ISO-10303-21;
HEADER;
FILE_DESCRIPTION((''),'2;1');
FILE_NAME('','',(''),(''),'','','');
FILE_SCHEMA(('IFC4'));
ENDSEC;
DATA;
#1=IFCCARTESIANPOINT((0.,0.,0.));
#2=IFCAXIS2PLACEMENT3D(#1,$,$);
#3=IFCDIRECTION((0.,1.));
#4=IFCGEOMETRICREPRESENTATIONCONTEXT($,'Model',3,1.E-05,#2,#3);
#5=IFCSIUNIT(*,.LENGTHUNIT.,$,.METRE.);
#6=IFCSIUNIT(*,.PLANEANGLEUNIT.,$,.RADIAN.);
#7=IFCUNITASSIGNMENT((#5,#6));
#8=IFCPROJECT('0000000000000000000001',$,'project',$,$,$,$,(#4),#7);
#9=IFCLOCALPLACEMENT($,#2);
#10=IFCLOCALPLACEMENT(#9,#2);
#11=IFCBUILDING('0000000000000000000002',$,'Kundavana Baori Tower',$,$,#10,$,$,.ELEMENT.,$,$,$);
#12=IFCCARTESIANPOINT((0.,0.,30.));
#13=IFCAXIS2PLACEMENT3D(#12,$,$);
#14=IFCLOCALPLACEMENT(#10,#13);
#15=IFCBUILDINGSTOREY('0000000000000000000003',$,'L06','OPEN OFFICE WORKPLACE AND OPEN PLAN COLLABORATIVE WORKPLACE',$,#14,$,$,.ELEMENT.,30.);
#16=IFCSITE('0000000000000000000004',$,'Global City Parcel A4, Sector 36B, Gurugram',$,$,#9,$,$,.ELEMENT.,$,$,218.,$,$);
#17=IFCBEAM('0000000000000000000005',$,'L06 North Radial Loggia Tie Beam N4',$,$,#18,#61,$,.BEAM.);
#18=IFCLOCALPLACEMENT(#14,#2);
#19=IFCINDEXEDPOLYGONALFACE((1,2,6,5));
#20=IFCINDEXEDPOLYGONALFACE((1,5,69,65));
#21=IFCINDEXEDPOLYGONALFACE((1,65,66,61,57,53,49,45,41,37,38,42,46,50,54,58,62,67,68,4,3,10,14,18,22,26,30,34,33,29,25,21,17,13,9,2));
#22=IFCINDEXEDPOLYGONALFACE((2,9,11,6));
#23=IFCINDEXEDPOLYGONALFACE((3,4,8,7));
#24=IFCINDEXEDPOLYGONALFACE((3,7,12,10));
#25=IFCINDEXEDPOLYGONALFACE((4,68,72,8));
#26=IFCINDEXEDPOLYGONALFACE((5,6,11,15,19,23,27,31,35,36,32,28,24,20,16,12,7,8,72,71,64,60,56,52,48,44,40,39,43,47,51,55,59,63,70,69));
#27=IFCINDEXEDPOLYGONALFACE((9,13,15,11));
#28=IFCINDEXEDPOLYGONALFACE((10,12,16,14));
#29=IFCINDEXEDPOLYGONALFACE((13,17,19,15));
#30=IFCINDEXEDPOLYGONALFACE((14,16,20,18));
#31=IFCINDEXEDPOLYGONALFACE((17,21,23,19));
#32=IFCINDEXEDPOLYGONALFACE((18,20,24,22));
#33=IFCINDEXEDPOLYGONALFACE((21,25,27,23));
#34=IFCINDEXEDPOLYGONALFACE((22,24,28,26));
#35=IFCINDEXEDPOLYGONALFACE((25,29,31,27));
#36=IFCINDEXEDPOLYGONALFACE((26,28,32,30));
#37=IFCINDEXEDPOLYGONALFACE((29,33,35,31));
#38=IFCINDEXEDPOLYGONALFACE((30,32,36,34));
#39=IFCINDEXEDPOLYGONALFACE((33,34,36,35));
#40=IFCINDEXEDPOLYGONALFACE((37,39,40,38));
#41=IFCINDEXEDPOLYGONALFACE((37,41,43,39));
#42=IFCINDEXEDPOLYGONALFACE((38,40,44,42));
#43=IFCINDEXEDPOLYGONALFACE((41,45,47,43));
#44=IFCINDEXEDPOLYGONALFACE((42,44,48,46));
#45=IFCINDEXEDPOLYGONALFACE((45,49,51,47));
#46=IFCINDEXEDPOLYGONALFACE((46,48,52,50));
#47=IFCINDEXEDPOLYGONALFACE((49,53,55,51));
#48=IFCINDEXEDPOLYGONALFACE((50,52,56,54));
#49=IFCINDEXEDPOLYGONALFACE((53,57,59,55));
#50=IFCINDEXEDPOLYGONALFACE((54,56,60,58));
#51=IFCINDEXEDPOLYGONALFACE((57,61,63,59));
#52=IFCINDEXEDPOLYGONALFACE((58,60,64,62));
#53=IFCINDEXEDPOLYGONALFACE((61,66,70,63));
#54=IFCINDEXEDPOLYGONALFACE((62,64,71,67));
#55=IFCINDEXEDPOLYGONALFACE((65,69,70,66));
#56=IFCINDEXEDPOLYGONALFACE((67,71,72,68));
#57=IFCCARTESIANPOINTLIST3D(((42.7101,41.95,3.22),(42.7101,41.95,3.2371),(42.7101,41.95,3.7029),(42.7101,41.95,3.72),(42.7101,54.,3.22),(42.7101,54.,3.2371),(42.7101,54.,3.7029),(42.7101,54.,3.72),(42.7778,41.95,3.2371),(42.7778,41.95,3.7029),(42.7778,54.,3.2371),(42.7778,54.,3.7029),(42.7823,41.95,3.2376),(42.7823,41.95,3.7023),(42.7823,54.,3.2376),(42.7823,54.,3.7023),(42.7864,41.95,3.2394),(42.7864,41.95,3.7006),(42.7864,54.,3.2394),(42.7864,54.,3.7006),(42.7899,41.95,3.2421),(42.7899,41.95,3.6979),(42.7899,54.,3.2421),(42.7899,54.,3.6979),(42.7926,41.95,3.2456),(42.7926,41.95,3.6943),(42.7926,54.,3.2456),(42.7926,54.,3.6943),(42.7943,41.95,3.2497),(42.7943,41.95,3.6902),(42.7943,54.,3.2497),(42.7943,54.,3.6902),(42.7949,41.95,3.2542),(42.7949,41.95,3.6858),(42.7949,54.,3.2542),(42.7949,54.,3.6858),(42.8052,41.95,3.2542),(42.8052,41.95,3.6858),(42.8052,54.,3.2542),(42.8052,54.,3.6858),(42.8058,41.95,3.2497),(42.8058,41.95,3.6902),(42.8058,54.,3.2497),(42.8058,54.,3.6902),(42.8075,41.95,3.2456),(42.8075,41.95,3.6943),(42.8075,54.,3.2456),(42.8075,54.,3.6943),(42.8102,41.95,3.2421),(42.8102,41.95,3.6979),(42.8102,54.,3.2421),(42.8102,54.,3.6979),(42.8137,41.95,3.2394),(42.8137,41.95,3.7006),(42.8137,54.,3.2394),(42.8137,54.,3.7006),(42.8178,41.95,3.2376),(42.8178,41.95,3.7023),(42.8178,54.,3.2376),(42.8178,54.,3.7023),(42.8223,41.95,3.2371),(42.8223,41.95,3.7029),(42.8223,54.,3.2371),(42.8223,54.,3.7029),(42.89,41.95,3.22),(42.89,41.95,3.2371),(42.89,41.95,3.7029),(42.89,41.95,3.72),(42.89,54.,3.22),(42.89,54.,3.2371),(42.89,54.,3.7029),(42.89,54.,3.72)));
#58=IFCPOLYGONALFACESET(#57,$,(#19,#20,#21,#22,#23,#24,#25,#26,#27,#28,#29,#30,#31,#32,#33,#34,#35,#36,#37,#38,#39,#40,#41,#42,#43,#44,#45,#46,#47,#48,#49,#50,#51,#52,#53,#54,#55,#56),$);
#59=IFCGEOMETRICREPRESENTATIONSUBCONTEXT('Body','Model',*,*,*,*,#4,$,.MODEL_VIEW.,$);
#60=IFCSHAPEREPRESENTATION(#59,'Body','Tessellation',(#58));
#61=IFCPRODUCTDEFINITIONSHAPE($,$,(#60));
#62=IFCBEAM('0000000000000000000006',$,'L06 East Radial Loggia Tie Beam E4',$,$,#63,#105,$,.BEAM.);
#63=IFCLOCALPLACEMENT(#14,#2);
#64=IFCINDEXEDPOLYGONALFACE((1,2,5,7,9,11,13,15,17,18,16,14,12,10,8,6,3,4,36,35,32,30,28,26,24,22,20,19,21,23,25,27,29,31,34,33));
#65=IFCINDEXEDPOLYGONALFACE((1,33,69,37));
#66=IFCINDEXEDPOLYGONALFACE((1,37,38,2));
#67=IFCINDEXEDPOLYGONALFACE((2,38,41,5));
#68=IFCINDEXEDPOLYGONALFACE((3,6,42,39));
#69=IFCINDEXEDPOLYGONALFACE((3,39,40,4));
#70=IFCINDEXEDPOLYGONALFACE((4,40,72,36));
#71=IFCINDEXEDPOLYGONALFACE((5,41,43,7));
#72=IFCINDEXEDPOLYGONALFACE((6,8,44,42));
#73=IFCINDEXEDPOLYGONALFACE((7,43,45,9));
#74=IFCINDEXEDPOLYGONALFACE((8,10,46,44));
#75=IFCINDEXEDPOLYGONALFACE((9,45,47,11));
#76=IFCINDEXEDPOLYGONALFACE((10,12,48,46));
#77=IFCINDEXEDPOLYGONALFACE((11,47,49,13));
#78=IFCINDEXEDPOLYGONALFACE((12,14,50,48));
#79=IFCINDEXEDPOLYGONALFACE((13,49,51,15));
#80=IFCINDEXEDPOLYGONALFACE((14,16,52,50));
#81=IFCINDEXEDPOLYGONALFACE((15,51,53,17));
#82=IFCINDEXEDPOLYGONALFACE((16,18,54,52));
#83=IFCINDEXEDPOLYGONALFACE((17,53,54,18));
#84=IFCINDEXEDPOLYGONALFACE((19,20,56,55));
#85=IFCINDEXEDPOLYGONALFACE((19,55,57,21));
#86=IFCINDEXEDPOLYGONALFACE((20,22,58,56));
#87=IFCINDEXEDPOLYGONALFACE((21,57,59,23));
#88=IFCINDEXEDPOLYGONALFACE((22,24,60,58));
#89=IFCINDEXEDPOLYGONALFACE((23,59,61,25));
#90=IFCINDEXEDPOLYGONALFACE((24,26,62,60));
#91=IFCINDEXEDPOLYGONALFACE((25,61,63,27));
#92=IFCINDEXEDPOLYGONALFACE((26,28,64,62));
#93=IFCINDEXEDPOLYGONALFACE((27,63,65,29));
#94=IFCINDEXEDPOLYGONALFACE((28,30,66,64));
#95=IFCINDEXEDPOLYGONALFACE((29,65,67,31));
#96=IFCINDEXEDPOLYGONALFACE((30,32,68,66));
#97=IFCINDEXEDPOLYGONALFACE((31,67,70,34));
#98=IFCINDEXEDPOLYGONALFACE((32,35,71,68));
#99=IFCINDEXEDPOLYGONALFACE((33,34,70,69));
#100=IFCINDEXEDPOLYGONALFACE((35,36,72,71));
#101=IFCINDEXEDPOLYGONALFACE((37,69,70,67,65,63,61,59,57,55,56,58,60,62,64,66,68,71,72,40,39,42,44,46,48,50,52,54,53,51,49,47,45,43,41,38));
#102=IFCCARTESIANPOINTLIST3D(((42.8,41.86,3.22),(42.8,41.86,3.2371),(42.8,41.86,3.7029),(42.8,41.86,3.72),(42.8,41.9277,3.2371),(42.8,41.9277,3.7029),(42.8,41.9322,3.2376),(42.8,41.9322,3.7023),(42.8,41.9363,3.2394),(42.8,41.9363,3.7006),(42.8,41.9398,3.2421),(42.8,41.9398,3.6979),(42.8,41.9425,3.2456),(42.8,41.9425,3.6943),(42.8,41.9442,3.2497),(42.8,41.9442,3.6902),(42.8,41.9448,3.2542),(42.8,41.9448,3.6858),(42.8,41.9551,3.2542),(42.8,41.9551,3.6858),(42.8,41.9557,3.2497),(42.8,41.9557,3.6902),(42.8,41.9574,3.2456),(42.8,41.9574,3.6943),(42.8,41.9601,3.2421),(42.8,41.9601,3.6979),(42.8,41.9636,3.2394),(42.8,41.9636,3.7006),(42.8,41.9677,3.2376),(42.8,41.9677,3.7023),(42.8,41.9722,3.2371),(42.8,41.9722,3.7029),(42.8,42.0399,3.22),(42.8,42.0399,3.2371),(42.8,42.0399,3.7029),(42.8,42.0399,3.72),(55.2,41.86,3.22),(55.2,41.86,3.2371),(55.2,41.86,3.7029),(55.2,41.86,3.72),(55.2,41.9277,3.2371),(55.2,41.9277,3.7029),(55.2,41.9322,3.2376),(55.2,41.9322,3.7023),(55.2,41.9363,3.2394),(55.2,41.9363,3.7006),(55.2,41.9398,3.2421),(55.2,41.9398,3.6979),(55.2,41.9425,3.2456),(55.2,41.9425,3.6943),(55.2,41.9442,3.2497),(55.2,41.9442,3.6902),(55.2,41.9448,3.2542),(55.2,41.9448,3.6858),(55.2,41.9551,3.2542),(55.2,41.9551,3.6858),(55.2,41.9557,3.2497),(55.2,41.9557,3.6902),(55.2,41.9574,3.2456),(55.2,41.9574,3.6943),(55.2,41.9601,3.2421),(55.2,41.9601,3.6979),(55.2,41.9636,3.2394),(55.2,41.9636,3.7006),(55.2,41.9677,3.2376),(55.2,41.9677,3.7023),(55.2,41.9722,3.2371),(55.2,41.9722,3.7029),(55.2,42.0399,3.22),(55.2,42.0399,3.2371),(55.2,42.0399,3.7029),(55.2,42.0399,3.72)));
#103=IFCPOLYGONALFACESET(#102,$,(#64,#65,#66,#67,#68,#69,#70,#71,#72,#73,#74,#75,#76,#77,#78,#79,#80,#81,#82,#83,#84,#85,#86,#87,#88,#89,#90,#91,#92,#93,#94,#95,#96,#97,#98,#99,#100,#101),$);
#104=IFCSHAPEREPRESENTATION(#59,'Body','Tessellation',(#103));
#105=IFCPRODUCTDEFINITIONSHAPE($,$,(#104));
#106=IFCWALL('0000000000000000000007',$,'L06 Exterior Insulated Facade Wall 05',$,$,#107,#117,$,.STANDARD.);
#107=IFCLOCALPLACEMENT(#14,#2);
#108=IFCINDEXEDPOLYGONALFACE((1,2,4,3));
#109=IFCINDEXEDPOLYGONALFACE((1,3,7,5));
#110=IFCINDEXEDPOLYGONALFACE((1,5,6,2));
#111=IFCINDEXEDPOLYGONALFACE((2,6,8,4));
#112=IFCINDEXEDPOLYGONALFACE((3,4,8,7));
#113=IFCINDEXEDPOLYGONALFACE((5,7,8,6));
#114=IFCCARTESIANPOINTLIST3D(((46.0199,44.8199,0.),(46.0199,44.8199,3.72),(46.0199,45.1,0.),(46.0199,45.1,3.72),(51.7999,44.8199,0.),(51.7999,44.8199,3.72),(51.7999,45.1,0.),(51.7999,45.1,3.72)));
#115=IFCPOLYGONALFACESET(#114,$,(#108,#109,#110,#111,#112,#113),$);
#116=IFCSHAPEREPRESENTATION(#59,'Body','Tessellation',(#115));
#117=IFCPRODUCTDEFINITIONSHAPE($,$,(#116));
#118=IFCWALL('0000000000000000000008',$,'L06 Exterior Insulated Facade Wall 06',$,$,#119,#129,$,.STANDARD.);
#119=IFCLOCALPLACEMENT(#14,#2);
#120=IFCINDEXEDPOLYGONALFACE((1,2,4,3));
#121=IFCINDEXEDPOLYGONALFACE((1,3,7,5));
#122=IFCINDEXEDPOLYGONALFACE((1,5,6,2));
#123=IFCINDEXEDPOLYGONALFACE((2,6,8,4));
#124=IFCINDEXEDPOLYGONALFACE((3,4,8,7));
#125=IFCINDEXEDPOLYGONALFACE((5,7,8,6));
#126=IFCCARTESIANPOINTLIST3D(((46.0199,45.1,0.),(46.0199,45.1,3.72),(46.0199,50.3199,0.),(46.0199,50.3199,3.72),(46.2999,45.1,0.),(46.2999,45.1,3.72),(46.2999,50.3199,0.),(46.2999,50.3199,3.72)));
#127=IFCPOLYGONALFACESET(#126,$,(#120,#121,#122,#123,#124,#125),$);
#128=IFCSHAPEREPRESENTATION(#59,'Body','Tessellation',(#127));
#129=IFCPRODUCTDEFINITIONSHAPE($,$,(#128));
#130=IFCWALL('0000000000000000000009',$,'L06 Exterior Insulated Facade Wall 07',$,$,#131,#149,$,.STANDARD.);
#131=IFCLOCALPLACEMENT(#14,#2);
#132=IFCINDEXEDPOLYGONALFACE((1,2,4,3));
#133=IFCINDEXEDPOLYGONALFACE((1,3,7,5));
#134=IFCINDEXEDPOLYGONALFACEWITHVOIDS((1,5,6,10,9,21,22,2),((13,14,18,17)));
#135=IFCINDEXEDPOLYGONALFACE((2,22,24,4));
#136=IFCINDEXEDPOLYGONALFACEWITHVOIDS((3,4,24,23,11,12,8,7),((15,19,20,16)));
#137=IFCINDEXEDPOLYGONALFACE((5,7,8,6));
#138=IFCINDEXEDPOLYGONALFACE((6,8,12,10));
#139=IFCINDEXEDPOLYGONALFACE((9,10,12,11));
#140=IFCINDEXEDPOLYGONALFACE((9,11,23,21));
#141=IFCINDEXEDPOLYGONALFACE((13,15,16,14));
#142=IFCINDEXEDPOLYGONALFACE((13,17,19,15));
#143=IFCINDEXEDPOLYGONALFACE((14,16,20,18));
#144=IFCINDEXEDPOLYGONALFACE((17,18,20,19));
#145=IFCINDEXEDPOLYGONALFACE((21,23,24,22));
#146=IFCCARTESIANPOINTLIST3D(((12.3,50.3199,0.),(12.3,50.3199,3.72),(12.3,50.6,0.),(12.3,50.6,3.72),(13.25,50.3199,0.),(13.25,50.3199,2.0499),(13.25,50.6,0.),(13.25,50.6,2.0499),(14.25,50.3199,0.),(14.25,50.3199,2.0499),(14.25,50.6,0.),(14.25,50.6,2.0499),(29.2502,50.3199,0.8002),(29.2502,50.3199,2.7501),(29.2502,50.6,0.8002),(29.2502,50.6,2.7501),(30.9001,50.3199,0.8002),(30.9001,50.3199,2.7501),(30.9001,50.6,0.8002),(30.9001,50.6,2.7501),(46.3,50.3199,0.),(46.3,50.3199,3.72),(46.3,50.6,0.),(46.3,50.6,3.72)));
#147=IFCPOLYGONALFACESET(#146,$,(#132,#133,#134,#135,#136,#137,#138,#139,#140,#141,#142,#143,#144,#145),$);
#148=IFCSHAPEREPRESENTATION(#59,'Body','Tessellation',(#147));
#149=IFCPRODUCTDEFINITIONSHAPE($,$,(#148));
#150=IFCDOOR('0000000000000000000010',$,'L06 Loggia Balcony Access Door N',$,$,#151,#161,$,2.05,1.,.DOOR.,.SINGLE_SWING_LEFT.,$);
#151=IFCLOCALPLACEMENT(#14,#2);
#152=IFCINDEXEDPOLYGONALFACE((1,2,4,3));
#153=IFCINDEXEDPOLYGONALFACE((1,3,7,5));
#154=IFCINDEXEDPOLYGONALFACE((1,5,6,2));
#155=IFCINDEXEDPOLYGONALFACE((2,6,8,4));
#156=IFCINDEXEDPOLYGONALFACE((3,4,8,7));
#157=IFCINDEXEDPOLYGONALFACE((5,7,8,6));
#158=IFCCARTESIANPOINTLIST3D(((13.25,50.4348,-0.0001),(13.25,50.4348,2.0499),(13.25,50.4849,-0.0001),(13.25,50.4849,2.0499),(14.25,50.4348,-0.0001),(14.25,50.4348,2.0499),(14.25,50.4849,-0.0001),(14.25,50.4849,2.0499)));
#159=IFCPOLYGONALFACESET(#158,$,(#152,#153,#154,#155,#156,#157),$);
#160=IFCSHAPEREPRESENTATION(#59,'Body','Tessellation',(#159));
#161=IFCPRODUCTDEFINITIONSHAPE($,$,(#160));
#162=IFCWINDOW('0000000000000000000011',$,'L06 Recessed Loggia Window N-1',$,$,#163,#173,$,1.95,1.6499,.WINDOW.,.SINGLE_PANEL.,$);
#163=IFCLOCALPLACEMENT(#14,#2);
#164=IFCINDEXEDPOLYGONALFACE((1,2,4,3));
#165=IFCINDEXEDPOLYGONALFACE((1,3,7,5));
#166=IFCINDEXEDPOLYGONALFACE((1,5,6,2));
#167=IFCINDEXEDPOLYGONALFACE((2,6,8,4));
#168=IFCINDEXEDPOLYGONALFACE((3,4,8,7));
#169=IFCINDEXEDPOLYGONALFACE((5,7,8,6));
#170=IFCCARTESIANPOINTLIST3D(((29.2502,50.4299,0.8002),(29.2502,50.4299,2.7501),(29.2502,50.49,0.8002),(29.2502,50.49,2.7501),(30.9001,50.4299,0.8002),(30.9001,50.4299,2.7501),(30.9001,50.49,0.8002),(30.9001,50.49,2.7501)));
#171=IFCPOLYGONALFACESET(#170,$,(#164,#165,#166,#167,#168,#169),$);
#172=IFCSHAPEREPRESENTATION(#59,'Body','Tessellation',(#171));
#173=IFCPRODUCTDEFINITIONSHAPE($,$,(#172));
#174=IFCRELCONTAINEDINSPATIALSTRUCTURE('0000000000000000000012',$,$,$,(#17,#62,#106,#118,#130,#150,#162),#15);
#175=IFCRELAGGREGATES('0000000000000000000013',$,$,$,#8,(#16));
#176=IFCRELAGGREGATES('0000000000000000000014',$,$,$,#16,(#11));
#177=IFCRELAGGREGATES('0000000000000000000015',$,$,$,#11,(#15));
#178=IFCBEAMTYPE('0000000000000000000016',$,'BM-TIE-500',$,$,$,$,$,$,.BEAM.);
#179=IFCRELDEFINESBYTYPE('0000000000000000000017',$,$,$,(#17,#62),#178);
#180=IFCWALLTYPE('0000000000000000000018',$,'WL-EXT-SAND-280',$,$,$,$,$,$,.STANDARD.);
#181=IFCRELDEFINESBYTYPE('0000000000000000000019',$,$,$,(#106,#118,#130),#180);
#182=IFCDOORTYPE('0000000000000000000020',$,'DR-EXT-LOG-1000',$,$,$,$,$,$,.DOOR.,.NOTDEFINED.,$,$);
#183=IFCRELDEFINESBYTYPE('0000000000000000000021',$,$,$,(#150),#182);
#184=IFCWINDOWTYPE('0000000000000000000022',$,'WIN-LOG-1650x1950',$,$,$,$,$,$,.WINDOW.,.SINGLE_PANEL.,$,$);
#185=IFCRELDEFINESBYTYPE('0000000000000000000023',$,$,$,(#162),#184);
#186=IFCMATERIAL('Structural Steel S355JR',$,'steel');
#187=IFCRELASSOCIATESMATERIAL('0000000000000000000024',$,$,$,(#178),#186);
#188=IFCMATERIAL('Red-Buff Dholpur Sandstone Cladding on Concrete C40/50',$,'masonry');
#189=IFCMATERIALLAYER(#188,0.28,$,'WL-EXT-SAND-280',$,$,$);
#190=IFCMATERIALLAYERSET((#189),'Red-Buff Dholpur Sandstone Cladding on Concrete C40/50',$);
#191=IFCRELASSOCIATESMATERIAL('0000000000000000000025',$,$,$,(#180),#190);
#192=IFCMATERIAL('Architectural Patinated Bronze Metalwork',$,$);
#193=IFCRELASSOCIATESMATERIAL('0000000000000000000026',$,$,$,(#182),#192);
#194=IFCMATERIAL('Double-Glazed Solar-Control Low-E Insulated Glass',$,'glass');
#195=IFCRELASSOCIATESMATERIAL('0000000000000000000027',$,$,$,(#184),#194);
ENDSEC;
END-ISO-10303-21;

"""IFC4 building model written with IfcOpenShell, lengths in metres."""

from ifc_helpers import new_model, si_unit, direction, frame, frame_2d, origin, origin_2d, place, context, subcontext, project, spatial, rectangle, i_section, extrude, material, layer, layer_set, material_profile, profile_set, type_object, element, fill, save


model = new_model("IFC4")

# Units and contexts
model_context = context("Model", 3, precision=1e-05, world=origin(), true_north=direction((0.0, 1.0)))
body_context = subcontext(model_context, "Body", "Model", "MODEL_VIEW")
ifc_project = project(units=[si_unit("LENGTHUNIT", "METRE"), si_unit("PLANEANGLEUNIT", "RADIAN")], contexts=[model_context])

# Site, building, storey
site_placement = place(None, origin())
site = spatial("IfcSite", under=ifc_project, at=site_placement, Name="Global City Parcel A4, Sector 36B, Gurugram", CompositionType="ELEMENT", RefElevation=218.0)
building_placement = place(site_placement, origin())
building = spatial("IfcBuilding", under=site, at=building_placement, Name="Kundavana Baori Tower", CompositionType="ELEMENT")
storey_placement = place(building_placement, frame((0.0, 0.0, 30.0)))
storey = spatial("IfcBuildingStorey", under=building, at=storey_placement, Name="L06", Description="OPEN OFFICE WORKPLACE AND OPEN PLAN COLLABORATIVE WORKPLACE", CompositionType="ELEMENT", Elevation=30.0)

# Beams
ifc_material_1 = material(Name="Structural Steel S355JR", Category="steel")
ifc_material_profile_1 = material_profile(ifc_material_1, i_section(OverallWidth=0.1799, OverallDepth=0.5, WebThickness=0.0103, FlangeThickness=0.0171, FilletRadius=0.0171, at=origin_2d()), Name="ISMB 500")
ifc_profile_set_1 = profile_set([ifc_material_profile_1], Name="Structural Steel S355JR")
beam_type_1 = type_object("IfcBeamType", Name="BM-TIE-500", PredefinedType="BEAM", material=ifc_profile_set_1)
for number, where, z_axis, x_axis, name in (
    (1, (42.8, 41.95, 3.47), (0.0, 1.0, 0.0), (-1.0, 0.0, 0.0), "L06 North Radial Loggia Tie Beam N4"),
):
    element("IfcBeam", number, at=place(storey_placement, frame(where, z_axis=z_axis, x_axis=x_axis)), inside=storey, type_object=beam_type_1, Name=name, PredefinedType="BEAM", context=body_context, shape_type="SweptSolid", body=[
        extrude(i_section(OverallWidth=0.1799, OverallDepth=0.5, WebThickness=0.0103, FlangeThickness=0.0171, FilletRadius=0.0171, at=origin_2d()), origin(), (0.0, 0.0, 1.0), 12.05),
    ])
beam_1_placement = place(storey_placement, frame((42.8, 41.95, 3.47), z_axis=(1.0, 0.0, 0.0), x_axis=(0.0, 1.0, 0.0)))
element("IfcBeam", 2, at=beam_1_placement, inside=storey, type_object=beam_type_1, Name="L06 East Radial Loggia Tie Beam E4", PredefinedType="BEAM", context=body_context, shape_type="SweptSolid", body=[
    extrude(i_section(OverallWidth=0.1799, OverallDepth=0.5, WebThickness=0.0103, FlangeThickness=0.0171, FilletRadius=0.0171, at=origin_2d()), origin(), (0.0, 0.0, 1.0), 12.3999),
])

# Walls
ifc_material_2 = material(Name="Red-Buff Dholpur Sandstone Cladding on Concrete C40/50", Category="masonry")
ifc_layer_1 = layer(ifc_material_2, 0.28, Name="WL-EXT-SAND-280")
ifc_layer_set_1 = layer_set([ifc_layer_1], Name="Red-Buff Dholpur Sandstone Cladding on Concrete C40/50")
wall_type_1 = type_object("IfcWallType", Name="WL-EXT-SAND-280", PredefinedType="STANDARD", material=ifc_layer_set_1)
wall_1_placement = place(storey_placement, frame((51.8, 44.96, 0.0), z_axis=(0.0, 0.0, 1.0), x_axis=(-1.0, 0.0, 0.0)))
element("IfcWall", 3, at=wall_1_placement, inside=storey, type_object=wall_type_1, Name="L06 Exterior Insulated Facade Wall 05", PredefinedType="STANDARD", context=body_context, shape_type="SweptSolid", body=[
    extrude(rectangle(XDim=5.78, YDim=0.28, at=frame_2d((2.8901, 0.0))), origin(), (0.0, 0.0, 1.0), 3.72),
])
wall_2_placement = place(storey_placement, frame((46.1599, 45.1001, 0.0), z_axis=(0.0, 0.0, 1.0), x_axis=(0.0, 1.0, 0.0)))
element("IfcWall", 4, at=wall_2_placement, inside=storey, type_object=wall_type_1, Name="L06 Exterior Insulated Facade Wall 06", PredefinedType="STANDARD", context=body_context, shape_type="SweptSolid", body=[
    extrude(rectangle(XDim=5.22, YDim=0.28, at=frame_2d((2.6099, 0.0))), origin(), (0.0, 0.0, 1.0), 3.72),
])

# Wall, openings, door, window
wall_3_placement = place(storey_placement, frame((46.3, 50.46, 0.0), z_axis=(0.0, 0.0, 1.0), x_axis=(-1.0, 0.0, 0.0)))
wall_3 = element("IfcWall", 5, at=wall_3_placement, inside=storey, type_object=wall_type_1, Name="L06 Exterior Insulated Facade Wall 07", PredefinedType="STANDARD", context=body_context, shape_type="SweptSolid", body=[
    extrude(rectangle(XDim=34.0, YDim=0.28, at=frame_2d((17.0, 0.0))), origin(), (0.0, 0.0, 1.0), 3.72),
])
opening_1_placement = place(wall_3_placement, frame((32.05, 0.0, 0.0)))
opening_1 = element("IfcOpeningElement", 6, at=opening_1_placement, cuts=wall_3, PredefinedType="OPENING", context=body_context, shape_type="SweptSolid", body=[
    extrude(rectangle(XDim=1.0, YDim=2.05, at=frame_2d((0.5, 1.0249))), frame((0.0, 0.1499, 0.0), z_axis=(0.0, -1.0, 0.0), x_axis=(1.0, 0.0, 0.0)), (0.0, 0.0, 1.0), 0.3),
])
opening_2_placement = place(wall_3_placement, frame((15.3999, 0.0, 0.8)))
opening_2 = element("IfcOpeningElement", 7, at=opening_2_placement, cuts=wall_3, PredefinedType="OPENING", context=body_context, shape_type="SweptSolid", body=[
    extrude(rectangle(XDim=1.6499, YDim=1.95, at=frame_2d((0.825, 0.9751))), frame((0.0, 0.1499, 0.0), z_axis=(0.0, -1.0, 0.0), x_axis=(1.0, 0.0, 0.0)), (0.0, 0.0, 1.0), 0.3),
])
ifc_material_3 = material(Name="Architectural Patinated Bronze Metalwork")
door_type = type_object("IfcDoorType", Name="DR-EXT-LOG-1000", OperationType="NOTDEFINED", PredefinedType="DOOR", material=ifc_material_3)
door_placement = place(opening_1_placement, frame((1.0, 0.0, 0.0), z_axis=(0.0, 0.0, 1.0), x_axis=(-1.0, 0.0, 0.0)))
door = element("IfcDoor", 8, at=door_placement, inside=storey, type_object=door_type, Name="L06 Loggia Balcony Access Door N", OperationType="SINGLE_SWING_LEFT", OverallHeight=2.05, OverallWidth=1.0, PredefinedType="DOOR", context=body_context, shape_type="SweptSolid", body=[
    extrude(rectangle(XDim=1.0, YDim=2.05, at=frame_2d((0.5, 1.0249))), frame((0.0, 0.0249, 0.0), z_axis=(0.0, -1.0, 0.0), x_axis=(1.0, 0.0, 0.0)), (0.0, 0.0, 1.0), 0.05),
])
fill(opening_1, door)
ifc_material_4 = material(Name="Double-Glazed Solar-Control Low-E Insulated Glass", Category="glass")
window_type = type_object("IfcWindowType", Name="WIN-LOG-1650x1950", PartitioningType="SINGLE_PANEL", PredefinedType="WINDOW", material=ifc_material_4)
window_placement = place(opening_2_placement, origin())
window = element("IfcWindow", 9, at=window_placement, inside=storey, type_object=window_type, Name="L06 Recessed Loggia Window N-1", OverallHeight=1.95, OverallWidth=1.6499, PartitioningType="SINGLE_PANEL", PredefinedType="WINDOW", context=body_context, shape_type="SweptSolid", body=[
    extrude(rectangle(XDim=1.6499, YDim=1.95, at=frame_2d((0.825, 0.9751))), frame((0.0, 0.03, 0.0), z_axis=(0.0, -1.0, 0.0), x_axis=(1.0, 0.0, 0.0)), (0.0, 0.0, 1.0), 0.0601),
])
fill(opening_2, window)

save(model, "model.ifc")
